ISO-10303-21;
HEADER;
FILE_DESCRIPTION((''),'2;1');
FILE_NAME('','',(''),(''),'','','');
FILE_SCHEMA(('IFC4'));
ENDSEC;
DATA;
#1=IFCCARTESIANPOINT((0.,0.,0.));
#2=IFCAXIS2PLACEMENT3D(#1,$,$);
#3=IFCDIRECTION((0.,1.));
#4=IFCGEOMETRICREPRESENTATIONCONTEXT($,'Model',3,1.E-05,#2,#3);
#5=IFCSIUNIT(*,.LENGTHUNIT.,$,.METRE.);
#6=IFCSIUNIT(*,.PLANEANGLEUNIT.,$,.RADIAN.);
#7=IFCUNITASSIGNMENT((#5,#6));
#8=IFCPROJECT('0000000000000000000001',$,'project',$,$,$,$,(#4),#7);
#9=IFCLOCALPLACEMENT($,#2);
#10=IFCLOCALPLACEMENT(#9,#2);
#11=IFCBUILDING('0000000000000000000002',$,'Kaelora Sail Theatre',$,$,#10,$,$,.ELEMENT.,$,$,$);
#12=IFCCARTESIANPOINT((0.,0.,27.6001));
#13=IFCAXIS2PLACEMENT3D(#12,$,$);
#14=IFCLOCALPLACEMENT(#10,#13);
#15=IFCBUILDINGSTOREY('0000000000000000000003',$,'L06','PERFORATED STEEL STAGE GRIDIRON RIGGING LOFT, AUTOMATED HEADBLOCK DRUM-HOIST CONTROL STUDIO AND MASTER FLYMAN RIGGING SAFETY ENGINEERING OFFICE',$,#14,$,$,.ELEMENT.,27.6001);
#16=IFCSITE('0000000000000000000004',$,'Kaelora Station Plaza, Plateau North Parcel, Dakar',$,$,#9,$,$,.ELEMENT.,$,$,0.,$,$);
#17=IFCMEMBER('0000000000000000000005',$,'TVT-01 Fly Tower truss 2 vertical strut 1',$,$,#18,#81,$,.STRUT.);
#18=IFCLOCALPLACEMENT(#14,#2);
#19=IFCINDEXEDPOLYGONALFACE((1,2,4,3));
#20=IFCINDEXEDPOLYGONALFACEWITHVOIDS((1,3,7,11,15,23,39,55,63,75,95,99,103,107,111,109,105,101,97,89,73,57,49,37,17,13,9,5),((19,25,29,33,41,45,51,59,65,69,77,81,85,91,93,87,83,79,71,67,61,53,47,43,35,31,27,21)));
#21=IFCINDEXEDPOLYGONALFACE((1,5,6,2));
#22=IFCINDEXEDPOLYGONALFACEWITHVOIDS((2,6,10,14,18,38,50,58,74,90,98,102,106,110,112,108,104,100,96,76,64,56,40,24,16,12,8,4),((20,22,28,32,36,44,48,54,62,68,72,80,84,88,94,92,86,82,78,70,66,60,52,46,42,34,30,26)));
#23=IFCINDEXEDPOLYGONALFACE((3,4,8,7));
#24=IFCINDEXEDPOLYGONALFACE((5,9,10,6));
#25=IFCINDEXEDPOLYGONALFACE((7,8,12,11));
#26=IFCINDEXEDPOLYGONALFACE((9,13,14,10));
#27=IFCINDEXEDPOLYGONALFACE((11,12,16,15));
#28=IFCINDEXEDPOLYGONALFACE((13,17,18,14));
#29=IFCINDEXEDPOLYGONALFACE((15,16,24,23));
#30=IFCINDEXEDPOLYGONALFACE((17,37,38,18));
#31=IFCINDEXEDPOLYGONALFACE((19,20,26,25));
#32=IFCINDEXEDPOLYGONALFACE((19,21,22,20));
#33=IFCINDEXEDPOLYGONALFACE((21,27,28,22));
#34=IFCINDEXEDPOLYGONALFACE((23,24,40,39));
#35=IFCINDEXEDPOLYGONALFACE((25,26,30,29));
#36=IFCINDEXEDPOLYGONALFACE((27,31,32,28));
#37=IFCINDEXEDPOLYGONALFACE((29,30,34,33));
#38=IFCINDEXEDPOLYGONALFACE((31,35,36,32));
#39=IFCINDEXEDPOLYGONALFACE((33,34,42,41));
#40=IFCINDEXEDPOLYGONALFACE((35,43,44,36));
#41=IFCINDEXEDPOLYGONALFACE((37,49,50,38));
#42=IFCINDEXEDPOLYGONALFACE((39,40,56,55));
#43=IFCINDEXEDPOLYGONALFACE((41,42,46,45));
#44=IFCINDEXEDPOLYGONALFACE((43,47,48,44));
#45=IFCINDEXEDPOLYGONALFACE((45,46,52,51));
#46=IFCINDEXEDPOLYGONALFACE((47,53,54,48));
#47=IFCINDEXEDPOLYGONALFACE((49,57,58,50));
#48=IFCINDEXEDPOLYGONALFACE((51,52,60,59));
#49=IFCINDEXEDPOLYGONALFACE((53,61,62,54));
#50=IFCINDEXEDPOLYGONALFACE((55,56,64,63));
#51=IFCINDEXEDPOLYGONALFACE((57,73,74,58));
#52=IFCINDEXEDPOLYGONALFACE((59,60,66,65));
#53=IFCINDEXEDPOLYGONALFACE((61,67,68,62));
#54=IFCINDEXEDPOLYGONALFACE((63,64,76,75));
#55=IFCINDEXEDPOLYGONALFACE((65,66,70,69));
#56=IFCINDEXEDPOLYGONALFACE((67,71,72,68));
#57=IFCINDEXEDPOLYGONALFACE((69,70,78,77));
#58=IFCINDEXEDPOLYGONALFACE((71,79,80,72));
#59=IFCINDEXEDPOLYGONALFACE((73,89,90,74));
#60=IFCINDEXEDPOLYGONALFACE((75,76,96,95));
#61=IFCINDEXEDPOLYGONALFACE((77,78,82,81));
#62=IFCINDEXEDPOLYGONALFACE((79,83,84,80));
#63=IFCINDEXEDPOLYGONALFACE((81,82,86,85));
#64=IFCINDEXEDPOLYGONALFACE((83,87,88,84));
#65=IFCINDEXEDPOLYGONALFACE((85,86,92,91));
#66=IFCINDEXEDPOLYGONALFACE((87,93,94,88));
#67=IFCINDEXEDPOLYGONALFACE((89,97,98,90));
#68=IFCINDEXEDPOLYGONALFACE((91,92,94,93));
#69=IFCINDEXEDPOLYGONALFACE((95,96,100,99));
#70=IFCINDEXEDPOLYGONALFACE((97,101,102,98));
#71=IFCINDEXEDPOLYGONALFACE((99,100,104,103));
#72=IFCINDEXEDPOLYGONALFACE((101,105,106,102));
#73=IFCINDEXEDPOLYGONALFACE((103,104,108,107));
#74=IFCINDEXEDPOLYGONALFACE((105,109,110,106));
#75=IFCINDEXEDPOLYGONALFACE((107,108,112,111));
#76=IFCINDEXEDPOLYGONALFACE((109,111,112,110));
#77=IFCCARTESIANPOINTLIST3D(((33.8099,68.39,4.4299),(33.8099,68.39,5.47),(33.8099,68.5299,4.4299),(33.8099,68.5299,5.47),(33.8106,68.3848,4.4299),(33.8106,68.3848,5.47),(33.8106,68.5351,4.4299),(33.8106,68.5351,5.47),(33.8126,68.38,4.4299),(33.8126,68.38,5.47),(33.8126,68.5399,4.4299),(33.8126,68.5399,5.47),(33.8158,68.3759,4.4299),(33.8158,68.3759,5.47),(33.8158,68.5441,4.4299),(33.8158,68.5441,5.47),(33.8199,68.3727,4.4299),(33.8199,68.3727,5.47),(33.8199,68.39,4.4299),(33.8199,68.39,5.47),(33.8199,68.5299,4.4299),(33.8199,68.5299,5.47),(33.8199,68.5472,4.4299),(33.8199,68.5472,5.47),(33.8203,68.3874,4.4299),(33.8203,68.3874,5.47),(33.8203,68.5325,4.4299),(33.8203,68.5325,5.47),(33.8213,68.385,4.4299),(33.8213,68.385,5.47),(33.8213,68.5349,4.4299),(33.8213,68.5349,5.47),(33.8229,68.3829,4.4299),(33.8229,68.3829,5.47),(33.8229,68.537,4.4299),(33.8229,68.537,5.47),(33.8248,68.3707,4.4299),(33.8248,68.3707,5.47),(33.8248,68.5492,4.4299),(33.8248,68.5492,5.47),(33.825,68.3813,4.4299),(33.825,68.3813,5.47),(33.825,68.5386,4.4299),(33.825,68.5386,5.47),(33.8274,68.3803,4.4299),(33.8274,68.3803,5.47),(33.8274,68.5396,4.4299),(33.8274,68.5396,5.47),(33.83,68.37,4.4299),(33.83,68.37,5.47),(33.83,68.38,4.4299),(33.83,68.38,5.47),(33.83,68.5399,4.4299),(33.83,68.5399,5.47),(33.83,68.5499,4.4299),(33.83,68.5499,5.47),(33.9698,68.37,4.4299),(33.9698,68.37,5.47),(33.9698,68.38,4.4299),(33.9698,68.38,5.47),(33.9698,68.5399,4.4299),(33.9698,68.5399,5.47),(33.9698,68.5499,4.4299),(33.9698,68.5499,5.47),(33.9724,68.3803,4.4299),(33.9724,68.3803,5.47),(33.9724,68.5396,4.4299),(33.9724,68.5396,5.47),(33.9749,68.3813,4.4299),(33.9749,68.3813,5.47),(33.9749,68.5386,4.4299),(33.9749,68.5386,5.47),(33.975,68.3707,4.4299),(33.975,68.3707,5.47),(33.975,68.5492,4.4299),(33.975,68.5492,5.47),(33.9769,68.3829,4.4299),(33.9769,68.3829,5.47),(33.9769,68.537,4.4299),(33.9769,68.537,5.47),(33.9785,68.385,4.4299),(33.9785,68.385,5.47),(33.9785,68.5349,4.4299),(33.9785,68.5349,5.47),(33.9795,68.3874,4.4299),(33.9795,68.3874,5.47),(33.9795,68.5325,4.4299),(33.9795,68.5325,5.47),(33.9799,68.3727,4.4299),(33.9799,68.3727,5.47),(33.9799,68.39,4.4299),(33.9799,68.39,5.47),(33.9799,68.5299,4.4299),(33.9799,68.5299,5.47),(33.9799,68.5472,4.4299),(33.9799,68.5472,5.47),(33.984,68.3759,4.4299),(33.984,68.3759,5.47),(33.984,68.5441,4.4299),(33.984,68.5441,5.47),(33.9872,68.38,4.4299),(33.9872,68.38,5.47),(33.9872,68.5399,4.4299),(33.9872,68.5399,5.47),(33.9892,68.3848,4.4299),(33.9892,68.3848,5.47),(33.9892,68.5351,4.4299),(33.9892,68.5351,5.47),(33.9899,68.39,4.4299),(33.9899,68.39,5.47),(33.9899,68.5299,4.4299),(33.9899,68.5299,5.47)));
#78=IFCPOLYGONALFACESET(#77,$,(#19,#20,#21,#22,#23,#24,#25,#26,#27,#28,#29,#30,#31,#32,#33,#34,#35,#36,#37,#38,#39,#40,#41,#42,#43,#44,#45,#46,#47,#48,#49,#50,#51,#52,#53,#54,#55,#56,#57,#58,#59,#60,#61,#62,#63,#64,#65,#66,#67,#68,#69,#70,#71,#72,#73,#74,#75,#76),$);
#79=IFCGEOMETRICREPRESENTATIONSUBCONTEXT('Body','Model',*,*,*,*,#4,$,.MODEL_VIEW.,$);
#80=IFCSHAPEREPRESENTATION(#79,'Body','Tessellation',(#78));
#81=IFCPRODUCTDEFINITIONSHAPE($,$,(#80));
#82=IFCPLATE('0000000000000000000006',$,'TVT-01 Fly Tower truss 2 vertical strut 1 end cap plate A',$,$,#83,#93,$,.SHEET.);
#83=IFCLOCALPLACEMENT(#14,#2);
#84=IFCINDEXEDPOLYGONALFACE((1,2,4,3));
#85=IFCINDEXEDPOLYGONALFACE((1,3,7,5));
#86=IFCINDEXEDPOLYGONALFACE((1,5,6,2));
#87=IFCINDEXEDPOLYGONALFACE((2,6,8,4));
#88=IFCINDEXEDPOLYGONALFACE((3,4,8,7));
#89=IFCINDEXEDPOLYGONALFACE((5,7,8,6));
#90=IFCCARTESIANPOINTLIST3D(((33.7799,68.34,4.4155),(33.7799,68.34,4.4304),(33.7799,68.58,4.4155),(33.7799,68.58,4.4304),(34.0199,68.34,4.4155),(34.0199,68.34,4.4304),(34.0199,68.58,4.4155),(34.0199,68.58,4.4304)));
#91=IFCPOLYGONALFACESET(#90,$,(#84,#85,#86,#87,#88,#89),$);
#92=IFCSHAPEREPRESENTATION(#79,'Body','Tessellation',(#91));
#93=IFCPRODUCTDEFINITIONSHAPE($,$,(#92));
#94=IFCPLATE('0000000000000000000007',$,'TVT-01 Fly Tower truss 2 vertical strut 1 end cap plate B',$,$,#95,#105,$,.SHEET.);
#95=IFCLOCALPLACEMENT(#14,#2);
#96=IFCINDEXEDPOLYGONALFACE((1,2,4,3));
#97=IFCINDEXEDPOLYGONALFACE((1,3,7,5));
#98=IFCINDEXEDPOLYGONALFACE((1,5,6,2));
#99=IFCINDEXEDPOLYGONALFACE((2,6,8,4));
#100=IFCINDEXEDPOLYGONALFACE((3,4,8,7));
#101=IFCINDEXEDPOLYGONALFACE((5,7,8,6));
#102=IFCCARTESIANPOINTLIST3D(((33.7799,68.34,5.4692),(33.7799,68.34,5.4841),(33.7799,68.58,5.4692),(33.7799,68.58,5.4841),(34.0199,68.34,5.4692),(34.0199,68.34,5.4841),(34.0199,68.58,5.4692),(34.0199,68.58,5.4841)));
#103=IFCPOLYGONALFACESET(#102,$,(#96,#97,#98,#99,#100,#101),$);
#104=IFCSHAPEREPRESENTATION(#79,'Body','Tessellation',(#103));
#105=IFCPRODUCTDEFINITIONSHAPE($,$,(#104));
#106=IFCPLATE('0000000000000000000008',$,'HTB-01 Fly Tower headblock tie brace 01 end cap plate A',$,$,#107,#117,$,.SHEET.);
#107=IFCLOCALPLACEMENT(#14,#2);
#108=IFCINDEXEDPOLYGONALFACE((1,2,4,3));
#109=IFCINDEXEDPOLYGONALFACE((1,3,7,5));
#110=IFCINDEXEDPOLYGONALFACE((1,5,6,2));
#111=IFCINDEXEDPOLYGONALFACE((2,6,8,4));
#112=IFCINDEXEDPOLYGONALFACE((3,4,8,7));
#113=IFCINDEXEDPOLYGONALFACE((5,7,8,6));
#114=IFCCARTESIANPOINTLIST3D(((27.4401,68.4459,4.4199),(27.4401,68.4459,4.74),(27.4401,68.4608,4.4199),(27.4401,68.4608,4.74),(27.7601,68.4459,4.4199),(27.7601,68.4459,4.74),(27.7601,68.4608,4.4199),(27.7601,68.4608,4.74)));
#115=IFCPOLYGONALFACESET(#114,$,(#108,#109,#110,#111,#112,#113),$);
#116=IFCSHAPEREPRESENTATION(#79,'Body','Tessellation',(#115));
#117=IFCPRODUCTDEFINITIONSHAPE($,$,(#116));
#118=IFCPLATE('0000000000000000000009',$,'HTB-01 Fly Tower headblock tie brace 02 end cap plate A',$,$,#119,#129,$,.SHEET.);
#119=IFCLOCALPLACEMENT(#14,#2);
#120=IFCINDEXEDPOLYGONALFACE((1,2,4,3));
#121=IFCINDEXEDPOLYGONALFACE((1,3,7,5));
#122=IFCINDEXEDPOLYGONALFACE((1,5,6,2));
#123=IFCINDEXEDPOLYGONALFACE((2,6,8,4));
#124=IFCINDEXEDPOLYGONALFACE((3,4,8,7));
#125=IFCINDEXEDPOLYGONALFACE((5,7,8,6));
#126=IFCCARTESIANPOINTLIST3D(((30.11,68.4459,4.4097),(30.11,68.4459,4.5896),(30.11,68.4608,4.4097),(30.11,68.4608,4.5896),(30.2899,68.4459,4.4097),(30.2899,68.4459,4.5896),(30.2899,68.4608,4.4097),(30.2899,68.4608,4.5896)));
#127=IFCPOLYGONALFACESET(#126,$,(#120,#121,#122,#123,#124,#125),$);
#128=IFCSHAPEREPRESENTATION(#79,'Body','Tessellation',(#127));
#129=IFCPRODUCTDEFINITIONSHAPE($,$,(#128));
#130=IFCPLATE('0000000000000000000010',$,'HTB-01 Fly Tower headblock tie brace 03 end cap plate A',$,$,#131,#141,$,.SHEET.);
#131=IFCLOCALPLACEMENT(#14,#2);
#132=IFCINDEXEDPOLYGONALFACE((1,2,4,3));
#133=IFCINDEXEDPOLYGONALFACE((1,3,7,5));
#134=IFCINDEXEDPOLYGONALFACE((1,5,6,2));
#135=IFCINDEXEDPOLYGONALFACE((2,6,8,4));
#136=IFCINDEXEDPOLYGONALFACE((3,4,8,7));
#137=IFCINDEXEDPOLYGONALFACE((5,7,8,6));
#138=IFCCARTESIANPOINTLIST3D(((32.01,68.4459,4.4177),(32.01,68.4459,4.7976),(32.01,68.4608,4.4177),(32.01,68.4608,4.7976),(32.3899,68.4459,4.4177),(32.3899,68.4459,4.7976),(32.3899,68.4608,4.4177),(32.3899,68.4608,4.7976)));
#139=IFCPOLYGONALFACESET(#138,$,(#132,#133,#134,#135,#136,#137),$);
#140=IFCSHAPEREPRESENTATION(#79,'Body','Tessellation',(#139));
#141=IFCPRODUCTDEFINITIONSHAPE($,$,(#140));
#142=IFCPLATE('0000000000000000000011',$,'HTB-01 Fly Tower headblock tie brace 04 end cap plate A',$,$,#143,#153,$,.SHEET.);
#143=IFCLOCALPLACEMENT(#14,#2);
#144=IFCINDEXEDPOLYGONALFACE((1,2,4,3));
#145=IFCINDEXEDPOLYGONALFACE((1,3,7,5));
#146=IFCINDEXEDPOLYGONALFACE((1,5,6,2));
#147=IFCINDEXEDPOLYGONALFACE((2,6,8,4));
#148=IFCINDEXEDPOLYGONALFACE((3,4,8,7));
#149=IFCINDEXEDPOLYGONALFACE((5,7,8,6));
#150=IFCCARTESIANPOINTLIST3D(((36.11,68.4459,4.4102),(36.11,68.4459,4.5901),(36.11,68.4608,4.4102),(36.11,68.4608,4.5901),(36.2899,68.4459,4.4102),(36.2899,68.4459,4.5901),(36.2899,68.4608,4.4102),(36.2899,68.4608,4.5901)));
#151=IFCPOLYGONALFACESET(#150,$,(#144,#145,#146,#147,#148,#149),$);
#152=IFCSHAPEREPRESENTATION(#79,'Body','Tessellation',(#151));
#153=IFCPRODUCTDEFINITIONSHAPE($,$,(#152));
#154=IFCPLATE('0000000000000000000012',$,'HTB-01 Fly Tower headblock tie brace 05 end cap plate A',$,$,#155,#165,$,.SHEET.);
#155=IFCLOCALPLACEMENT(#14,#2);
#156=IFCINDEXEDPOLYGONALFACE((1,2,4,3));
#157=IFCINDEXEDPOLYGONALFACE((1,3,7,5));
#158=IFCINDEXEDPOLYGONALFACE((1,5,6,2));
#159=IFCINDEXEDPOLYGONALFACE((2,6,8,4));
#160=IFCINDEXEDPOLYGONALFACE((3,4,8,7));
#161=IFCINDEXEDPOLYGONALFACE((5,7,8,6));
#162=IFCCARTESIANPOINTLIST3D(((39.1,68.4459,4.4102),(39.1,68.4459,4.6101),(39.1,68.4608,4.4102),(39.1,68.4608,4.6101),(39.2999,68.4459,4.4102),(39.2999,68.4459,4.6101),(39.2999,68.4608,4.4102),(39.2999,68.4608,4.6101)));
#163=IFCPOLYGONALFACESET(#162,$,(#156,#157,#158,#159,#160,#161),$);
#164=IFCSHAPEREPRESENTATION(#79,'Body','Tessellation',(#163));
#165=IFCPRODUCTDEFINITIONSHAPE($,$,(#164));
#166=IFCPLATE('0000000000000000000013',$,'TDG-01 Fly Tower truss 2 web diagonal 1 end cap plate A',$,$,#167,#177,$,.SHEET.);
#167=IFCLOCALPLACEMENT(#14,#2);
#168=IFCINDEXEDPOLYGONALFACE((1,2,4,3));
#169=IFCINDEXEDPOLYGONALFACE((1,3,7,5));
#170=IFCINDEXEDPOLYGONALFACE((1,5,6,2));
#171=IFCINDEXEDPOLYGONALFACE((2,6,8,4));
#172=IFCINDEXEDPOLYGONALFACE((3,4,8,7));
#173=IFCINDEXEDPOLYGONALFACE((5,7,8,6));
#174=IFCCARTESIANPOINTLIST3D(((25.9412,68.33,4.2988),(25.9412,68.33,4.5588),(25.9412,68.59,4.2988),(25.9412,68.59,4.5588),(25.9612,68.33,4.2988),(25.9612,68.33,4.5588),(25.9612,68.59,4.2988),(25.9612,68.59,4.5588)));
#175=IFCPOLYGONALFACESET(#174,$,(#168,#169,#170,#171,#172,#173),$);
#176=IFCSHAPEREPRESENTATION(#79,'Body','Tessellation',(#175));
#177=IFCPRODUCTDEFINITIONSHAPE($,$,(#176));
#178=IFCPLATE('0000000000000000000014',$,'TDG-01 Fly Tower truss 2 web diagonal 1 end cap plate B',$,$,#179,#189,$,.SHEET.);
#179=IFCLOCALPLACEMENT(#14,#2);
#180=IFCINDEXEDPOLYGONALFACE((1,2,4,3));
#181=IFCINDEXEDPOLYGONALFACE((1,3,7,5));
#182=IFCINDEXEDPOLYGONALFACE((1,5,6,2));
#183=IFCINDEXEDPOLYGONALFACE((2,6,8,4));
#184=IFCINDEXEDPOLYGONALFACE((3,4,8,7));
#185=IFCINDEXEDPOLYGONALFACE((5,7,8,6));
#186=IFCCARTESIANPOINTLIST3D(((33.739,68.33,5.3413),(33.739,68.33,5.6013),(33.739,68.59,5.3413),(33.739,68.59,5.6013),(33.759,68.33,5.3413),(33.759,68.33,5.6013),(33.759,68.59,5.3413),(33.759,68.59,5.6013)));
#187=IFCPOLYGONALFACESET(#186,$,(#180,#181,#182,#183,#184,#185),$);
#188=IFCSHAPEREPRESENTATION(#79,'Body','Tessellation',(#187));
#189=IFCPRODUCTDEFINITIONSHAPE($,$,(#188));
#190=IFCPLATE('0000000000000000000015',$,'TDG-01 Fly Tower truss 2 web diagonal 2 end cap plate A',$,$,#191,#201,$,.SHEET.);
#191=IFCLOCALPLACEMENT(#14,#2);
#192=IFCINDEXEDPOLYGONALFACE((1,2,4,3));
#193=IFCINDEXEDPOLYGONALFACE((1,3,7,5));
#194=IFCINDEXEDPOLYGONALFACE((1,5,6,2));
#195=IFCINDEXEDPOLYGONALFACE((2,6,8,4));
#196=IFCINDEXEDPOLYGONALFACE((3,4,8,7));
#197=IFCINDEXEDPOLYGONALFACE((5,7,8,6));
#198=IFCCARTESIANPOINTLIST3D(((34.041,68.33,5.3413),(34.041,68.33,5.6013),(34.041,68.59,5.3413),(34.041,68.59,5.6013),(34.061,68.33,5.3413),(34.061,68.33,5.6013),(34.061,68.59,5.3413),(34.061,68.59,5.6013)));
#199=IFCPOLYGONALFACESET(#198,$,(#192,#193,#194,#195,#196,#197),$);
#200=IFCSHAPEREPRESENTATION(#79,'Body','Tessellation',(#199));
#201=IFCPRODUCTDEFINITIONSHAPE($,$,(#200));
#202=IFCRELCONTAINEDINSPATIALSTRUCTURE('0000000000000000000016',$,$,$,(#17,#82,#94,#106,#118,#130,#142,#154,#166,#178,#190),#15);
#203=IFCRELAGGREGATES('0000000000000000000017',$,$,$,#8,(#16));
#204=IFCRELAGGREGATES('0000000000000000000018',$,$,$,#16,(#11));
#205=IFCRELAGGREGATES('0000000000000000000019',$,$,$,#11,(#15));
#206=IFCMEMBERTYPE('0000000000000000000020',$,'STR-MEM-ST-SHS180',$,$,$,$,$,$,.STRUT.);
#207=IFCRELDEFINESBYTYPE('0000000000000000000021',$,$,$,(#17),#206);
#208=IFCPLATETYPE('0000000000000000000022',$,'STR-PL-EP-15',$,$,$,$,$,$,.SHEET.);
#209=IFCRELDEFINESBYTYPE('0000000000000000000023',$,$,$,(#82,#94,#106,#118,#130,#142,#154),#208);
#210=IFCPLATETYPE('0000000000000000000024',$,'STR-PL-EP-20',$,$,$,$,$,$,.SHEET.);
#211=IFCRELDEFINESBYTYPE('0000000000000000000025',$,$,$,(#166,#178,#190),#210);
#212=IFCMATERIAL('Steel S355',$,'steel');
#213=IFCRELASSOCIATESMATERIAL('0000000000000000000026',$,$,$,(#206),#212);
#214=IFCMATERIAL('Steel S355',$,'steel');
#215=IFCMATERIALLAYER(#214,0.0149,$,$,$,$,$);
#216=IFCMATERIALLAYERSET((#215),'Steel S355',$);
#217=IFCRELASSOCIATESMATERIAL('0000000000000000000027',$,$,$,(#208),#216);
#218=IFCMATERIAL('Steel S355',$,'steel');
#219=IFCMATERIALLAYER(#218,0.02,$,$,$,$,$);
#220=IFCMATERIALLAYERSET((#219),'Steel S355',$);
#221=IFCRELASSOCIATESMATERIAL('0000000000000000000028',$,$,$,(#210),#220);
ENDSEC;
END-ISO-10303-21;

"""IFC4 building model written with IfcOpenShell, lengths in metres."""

from ifc_helpers import new_model, si_unit, direction, frame, origin, origin_2d, place, context, subcontext, project, spatial, rectangle, hollow_rectangle, extrude, material, layer, layer_set, material_profile, profile_set, type_object, element, save


model = new_model("IFC4")

# Units and contexts
model_context = context("Model", 3, precision=1e-05, world=origin(), true_north=direction((0.0, 1.0)))
body_context = subcontext(model_context, "Body", "Model", "MODEL_VIEW")
ifc_project = project(units=[si_unit("LENGTHUNIT", "METRE"), si_unit("PLANEANGLEUNIT", "RADIAN")], contexts=[model_context])

# Site, building, storey
site_placement = place(None, origin())
site = spatial("IfcSite", under=ifc_project, at=site_placement, Name="Kaelora Station Plaza, Plateau North Parcel, Dakar", CompositionType="ELEMENT", RefElevation=0.0)
building_placement = place(site_placement, origin())
building = spatial("IfcBuilding", under=site, at=building_placement, Name="Kaelora Sail Theatre", CompositionType="ELEMENT")
storey_placement = place(building_placement, frame((0.0, 0.0, 27.6001)))
storey = spatial("IfcBuildingStorey", under=building, at=storey_placement, Name="L06", Description="PERFORATED STEEL STAGE GRIDIRON RIGGING LOFT, AUTOMATED HEADBLOCK DRUM-HOIST CONTROL STUDIO AND MASTER FLYMAN RIGGING SAFETY ENGINEERING OFFICE", CompositionType="ELEMENT", Elevation=27.6001)

# Member
ifc_material_1 = material(Name="Steel S355", Category="steel")
ifc_material_profile_1 = material_profile(ifc_material_1, hollow_rectangle(XDim=0.1799, YDim=0.1799, WallThickness=0.01, InnerFilletRadius=0.01, OuterFilletRadius=0.02, at=origin_2d()), Name="SHS 180x180x10.0")
ifc_profile_set_1 = profile_set([ifc_material_profile_1], Name="Steel S355")
member_type_1 = type_object("IfcMemberType", Name="STR-MEM-ST-SHS180", PredefinedType="STRUT", material=ifc_profile_set_1)
member_1_placement = place(storey_placement, frame((33.8999, 68.46, 4.4299), z_axis=(0.0, 0.0, 1.0), x_axis=(1.0, 0.0, 0.0)))
element("IfcMember", 1, at=member_1_placement, inside=storey, type_object=member_type_1, Name="TVT-01 Fly Tower truss 2 vertical strut 1", PredefinedType="STRUT", context=body_context, shape_type="SweptSolid", body=[
    extrude(hollow_rectangle(XDim=0.1799, YDim=0.1799, WallThickness=0.01, InnerFilletRadius=0.01, OuterFilletRadius=0.02, at=origin_2d()), origin(), (0.0, 0.0, 1.0), 1.04),
])

# Plates
ifc_material_2 = material(Name="Steel S355", Category="steel")
ifc_layer_1 = layer(ifc_material_2, 0.0149)
ifc_layer_set_1 = layer_set([ifc_layer_1], Name="Steel S355")
plate_type_1 = type_object("IfcPlateType", Name="STR-PL-EP-15", PredefinedType="SHEET", material=ifc_layer_set_1)
for number, where, z_axis, x_axis, name in (
    (2, (33.8999, 68.46, 4.4155), (0.0, 0.0, 1.0), (1.0, 0.0, 0.0), "TVT-01 Fly Tower truss 2 vertical strut 1 end cap plate A"),
    (3, (33.8999, 68.46, 5.4692), (0.0, 0.0, 1.0), (1.0, 0.0, 0.0), "TVT-01 Fly Tower truss 2 vertical strut 1 end cap plate B"),
):
    element("IfcPlate", number, at=place(storey_placement, frame(where, z_axis=z_axis, x_axis=x_axis)), inside=storey, type_object=plate_type_1, Name=name, PredefinedType="SHEET", context=body_context, shape_type="SweptSolid", body=[
        extrude(rectangle(XDim=0.24, YDim=0.24, at=origin_2d()), origin(), (0.0, 0.0, 1.0), 0.0149),
    ])
plate_1_placement = place(storey_placement, frame((27.6001, 68.4534, 4.4199), z_axis=(0.0, 0.0, 1.0), x_axis=(0.0, 1.0, 0.0)))
element("IfcPlate", 4, at=plate_1_placement, inside=storey, type_object=plate_type_1, Name="HTB-01 Fly Tower headblock tie brace 01 end cap plate A", PredefinedType="SHEET", context=body_context, shape_type="SweptSolid", body=[
    extrude(rectangle(XDim=0.0149, YDim=0.3201, at=origin_2d()), origin(), (0.0, 0.0, 1.0), 0.3201),
])
plate_2_placement = place(storey_placement, frame((30.2, 68.4534, 4.4097), z_axis=(0.0, 0.0, 1.0), x_axis=(0.0, 1.0, 0.0)))
element("IfcPlate", 5, at=plate_2_placement, inside=storey, type_object=plate_type_1, Name="HTB-01 Fly Tower headblock tie brace 02 end cap plate A", PredefinedType="SHEET", context=body_context, shape_type="SweptSolid", body=[
    extrude(rectangle(XDim=0.0149, YDim=0.1799, at=origin_2d()), origin(), (0.0, 0.0, 1.0), 0.1799),
])
plate_3_placement = place(storey_placement, frame((32.2, 68.4534, 4.4177), z_axis=(0.0, 0.0, 1.0), x_axis=(0.0, 1.0, 0.0)))
element("IfcPlate", 6, at=plate_3_placement, inside=storey, type_object=plate_type_1, Name="HTB-01 Fly Tower headblock tie brace 03 end cap plate A", PredefinedType="SHEET", context=body_context, shape_type="SweptSolid", body=[
    extrude(rectangle(XDim=0.0149, YDim=0.3799, at=origin_2d()), origin(), (0.0, 0.0, 1.0), 0.3799),
])
plate_4_placement = place(storey_placement, frame((36.2, 68.4534, 4.4102), z_axis=(0.0, 0.0, 1.0), x_axis=(0.0, 1.0, 0.0)))
element("IfcPlate", 7, at=plate_4_placement, inside=storey, type_object=plate_type_1, Name="HTB-01 Fly Tower headblock tie brace 04 end cap plate A", PredefinedType="SHEET", context=body_context, shape_type="SweptSolid", body=[
    extrude(rectangle(XDim=0.0149, YDim=0.1799, at=origin_2d()), origin(), (0.0, 0.0, 1.0), 0.1799),
])
plate_5_placement = place(storey_placement, frame((39.2, 68.4534, 4.4102), z_axis=(0.0, 0.0, 1.0), x_axis=(0.0, 1.0, 0.0)))
element("IfcPlate", 8, at=plate_5_placement, inside=storey, type_object=plate_type_1, Name="HTB-01 Fly Tower headblock tie brace 05 end cap plate A", PredefinedType="SHEET", context=body_context, shape_type="SweptSolid", body=[
    extrude(rectangle(XDim=0.0149, YDim=0.2, at=origin_2d()), origin(), (0.0, 0.0, 1.0), 0.2),
])
ifc_material_3 = material(Name="Steel S355", Category="steel")
ifc_layer_2 = layer(ifc_material_3, 0.02)
ifc_layer_set_2 = layer_set([ifc_layer_2], Name="Steel S355")
plate_type_2 = type_object("IfcPlateType", Name="STR-PL-EP-20", PredefinedType="SHEET", material=ifc_layer_set_2)
for number, where, z_axis, x_axis, name in (
    (9, (25.9512, 68.46, 4.2988), (0.0, 0.0, 1.0), (1.0, 0.0, 0.0), "TDG-01 Fly Tower truss 2 web diagonal 1 end cap plate A"),
    (10, (33.749, 68.46, 5.3413), (0.0, 0.0, 1.0), (1.0, 0.0, 0.0), "TDG-01 Fly Tower truss 2 web diagonal 1 end cap plate B"),
    (11, (34.051, 68.46, 5.3413), (0.0, 0.0, 1.0), (1.0, 0.0, 0.0), "TDG-01 Fly Tower truss 2 web diagonal 2 end cap plate A"),
):
    element("IfcPlate", number, at=place(storey_placement, frame(where, z_axis=z_axis, x_axis=x_axis)), inside=storey, type_object=plate_type_2, Name=name, PredefinedType="SHEET", context=body_context, shape_type="SweptSolid", body=[
        extrude(rectangle(XDim=0.02, YDim=0.26, at=origin_2d()), origin(), (0.0, 0.0, 1.0), 0.26),
    ])

save(model, "model.ifc")
